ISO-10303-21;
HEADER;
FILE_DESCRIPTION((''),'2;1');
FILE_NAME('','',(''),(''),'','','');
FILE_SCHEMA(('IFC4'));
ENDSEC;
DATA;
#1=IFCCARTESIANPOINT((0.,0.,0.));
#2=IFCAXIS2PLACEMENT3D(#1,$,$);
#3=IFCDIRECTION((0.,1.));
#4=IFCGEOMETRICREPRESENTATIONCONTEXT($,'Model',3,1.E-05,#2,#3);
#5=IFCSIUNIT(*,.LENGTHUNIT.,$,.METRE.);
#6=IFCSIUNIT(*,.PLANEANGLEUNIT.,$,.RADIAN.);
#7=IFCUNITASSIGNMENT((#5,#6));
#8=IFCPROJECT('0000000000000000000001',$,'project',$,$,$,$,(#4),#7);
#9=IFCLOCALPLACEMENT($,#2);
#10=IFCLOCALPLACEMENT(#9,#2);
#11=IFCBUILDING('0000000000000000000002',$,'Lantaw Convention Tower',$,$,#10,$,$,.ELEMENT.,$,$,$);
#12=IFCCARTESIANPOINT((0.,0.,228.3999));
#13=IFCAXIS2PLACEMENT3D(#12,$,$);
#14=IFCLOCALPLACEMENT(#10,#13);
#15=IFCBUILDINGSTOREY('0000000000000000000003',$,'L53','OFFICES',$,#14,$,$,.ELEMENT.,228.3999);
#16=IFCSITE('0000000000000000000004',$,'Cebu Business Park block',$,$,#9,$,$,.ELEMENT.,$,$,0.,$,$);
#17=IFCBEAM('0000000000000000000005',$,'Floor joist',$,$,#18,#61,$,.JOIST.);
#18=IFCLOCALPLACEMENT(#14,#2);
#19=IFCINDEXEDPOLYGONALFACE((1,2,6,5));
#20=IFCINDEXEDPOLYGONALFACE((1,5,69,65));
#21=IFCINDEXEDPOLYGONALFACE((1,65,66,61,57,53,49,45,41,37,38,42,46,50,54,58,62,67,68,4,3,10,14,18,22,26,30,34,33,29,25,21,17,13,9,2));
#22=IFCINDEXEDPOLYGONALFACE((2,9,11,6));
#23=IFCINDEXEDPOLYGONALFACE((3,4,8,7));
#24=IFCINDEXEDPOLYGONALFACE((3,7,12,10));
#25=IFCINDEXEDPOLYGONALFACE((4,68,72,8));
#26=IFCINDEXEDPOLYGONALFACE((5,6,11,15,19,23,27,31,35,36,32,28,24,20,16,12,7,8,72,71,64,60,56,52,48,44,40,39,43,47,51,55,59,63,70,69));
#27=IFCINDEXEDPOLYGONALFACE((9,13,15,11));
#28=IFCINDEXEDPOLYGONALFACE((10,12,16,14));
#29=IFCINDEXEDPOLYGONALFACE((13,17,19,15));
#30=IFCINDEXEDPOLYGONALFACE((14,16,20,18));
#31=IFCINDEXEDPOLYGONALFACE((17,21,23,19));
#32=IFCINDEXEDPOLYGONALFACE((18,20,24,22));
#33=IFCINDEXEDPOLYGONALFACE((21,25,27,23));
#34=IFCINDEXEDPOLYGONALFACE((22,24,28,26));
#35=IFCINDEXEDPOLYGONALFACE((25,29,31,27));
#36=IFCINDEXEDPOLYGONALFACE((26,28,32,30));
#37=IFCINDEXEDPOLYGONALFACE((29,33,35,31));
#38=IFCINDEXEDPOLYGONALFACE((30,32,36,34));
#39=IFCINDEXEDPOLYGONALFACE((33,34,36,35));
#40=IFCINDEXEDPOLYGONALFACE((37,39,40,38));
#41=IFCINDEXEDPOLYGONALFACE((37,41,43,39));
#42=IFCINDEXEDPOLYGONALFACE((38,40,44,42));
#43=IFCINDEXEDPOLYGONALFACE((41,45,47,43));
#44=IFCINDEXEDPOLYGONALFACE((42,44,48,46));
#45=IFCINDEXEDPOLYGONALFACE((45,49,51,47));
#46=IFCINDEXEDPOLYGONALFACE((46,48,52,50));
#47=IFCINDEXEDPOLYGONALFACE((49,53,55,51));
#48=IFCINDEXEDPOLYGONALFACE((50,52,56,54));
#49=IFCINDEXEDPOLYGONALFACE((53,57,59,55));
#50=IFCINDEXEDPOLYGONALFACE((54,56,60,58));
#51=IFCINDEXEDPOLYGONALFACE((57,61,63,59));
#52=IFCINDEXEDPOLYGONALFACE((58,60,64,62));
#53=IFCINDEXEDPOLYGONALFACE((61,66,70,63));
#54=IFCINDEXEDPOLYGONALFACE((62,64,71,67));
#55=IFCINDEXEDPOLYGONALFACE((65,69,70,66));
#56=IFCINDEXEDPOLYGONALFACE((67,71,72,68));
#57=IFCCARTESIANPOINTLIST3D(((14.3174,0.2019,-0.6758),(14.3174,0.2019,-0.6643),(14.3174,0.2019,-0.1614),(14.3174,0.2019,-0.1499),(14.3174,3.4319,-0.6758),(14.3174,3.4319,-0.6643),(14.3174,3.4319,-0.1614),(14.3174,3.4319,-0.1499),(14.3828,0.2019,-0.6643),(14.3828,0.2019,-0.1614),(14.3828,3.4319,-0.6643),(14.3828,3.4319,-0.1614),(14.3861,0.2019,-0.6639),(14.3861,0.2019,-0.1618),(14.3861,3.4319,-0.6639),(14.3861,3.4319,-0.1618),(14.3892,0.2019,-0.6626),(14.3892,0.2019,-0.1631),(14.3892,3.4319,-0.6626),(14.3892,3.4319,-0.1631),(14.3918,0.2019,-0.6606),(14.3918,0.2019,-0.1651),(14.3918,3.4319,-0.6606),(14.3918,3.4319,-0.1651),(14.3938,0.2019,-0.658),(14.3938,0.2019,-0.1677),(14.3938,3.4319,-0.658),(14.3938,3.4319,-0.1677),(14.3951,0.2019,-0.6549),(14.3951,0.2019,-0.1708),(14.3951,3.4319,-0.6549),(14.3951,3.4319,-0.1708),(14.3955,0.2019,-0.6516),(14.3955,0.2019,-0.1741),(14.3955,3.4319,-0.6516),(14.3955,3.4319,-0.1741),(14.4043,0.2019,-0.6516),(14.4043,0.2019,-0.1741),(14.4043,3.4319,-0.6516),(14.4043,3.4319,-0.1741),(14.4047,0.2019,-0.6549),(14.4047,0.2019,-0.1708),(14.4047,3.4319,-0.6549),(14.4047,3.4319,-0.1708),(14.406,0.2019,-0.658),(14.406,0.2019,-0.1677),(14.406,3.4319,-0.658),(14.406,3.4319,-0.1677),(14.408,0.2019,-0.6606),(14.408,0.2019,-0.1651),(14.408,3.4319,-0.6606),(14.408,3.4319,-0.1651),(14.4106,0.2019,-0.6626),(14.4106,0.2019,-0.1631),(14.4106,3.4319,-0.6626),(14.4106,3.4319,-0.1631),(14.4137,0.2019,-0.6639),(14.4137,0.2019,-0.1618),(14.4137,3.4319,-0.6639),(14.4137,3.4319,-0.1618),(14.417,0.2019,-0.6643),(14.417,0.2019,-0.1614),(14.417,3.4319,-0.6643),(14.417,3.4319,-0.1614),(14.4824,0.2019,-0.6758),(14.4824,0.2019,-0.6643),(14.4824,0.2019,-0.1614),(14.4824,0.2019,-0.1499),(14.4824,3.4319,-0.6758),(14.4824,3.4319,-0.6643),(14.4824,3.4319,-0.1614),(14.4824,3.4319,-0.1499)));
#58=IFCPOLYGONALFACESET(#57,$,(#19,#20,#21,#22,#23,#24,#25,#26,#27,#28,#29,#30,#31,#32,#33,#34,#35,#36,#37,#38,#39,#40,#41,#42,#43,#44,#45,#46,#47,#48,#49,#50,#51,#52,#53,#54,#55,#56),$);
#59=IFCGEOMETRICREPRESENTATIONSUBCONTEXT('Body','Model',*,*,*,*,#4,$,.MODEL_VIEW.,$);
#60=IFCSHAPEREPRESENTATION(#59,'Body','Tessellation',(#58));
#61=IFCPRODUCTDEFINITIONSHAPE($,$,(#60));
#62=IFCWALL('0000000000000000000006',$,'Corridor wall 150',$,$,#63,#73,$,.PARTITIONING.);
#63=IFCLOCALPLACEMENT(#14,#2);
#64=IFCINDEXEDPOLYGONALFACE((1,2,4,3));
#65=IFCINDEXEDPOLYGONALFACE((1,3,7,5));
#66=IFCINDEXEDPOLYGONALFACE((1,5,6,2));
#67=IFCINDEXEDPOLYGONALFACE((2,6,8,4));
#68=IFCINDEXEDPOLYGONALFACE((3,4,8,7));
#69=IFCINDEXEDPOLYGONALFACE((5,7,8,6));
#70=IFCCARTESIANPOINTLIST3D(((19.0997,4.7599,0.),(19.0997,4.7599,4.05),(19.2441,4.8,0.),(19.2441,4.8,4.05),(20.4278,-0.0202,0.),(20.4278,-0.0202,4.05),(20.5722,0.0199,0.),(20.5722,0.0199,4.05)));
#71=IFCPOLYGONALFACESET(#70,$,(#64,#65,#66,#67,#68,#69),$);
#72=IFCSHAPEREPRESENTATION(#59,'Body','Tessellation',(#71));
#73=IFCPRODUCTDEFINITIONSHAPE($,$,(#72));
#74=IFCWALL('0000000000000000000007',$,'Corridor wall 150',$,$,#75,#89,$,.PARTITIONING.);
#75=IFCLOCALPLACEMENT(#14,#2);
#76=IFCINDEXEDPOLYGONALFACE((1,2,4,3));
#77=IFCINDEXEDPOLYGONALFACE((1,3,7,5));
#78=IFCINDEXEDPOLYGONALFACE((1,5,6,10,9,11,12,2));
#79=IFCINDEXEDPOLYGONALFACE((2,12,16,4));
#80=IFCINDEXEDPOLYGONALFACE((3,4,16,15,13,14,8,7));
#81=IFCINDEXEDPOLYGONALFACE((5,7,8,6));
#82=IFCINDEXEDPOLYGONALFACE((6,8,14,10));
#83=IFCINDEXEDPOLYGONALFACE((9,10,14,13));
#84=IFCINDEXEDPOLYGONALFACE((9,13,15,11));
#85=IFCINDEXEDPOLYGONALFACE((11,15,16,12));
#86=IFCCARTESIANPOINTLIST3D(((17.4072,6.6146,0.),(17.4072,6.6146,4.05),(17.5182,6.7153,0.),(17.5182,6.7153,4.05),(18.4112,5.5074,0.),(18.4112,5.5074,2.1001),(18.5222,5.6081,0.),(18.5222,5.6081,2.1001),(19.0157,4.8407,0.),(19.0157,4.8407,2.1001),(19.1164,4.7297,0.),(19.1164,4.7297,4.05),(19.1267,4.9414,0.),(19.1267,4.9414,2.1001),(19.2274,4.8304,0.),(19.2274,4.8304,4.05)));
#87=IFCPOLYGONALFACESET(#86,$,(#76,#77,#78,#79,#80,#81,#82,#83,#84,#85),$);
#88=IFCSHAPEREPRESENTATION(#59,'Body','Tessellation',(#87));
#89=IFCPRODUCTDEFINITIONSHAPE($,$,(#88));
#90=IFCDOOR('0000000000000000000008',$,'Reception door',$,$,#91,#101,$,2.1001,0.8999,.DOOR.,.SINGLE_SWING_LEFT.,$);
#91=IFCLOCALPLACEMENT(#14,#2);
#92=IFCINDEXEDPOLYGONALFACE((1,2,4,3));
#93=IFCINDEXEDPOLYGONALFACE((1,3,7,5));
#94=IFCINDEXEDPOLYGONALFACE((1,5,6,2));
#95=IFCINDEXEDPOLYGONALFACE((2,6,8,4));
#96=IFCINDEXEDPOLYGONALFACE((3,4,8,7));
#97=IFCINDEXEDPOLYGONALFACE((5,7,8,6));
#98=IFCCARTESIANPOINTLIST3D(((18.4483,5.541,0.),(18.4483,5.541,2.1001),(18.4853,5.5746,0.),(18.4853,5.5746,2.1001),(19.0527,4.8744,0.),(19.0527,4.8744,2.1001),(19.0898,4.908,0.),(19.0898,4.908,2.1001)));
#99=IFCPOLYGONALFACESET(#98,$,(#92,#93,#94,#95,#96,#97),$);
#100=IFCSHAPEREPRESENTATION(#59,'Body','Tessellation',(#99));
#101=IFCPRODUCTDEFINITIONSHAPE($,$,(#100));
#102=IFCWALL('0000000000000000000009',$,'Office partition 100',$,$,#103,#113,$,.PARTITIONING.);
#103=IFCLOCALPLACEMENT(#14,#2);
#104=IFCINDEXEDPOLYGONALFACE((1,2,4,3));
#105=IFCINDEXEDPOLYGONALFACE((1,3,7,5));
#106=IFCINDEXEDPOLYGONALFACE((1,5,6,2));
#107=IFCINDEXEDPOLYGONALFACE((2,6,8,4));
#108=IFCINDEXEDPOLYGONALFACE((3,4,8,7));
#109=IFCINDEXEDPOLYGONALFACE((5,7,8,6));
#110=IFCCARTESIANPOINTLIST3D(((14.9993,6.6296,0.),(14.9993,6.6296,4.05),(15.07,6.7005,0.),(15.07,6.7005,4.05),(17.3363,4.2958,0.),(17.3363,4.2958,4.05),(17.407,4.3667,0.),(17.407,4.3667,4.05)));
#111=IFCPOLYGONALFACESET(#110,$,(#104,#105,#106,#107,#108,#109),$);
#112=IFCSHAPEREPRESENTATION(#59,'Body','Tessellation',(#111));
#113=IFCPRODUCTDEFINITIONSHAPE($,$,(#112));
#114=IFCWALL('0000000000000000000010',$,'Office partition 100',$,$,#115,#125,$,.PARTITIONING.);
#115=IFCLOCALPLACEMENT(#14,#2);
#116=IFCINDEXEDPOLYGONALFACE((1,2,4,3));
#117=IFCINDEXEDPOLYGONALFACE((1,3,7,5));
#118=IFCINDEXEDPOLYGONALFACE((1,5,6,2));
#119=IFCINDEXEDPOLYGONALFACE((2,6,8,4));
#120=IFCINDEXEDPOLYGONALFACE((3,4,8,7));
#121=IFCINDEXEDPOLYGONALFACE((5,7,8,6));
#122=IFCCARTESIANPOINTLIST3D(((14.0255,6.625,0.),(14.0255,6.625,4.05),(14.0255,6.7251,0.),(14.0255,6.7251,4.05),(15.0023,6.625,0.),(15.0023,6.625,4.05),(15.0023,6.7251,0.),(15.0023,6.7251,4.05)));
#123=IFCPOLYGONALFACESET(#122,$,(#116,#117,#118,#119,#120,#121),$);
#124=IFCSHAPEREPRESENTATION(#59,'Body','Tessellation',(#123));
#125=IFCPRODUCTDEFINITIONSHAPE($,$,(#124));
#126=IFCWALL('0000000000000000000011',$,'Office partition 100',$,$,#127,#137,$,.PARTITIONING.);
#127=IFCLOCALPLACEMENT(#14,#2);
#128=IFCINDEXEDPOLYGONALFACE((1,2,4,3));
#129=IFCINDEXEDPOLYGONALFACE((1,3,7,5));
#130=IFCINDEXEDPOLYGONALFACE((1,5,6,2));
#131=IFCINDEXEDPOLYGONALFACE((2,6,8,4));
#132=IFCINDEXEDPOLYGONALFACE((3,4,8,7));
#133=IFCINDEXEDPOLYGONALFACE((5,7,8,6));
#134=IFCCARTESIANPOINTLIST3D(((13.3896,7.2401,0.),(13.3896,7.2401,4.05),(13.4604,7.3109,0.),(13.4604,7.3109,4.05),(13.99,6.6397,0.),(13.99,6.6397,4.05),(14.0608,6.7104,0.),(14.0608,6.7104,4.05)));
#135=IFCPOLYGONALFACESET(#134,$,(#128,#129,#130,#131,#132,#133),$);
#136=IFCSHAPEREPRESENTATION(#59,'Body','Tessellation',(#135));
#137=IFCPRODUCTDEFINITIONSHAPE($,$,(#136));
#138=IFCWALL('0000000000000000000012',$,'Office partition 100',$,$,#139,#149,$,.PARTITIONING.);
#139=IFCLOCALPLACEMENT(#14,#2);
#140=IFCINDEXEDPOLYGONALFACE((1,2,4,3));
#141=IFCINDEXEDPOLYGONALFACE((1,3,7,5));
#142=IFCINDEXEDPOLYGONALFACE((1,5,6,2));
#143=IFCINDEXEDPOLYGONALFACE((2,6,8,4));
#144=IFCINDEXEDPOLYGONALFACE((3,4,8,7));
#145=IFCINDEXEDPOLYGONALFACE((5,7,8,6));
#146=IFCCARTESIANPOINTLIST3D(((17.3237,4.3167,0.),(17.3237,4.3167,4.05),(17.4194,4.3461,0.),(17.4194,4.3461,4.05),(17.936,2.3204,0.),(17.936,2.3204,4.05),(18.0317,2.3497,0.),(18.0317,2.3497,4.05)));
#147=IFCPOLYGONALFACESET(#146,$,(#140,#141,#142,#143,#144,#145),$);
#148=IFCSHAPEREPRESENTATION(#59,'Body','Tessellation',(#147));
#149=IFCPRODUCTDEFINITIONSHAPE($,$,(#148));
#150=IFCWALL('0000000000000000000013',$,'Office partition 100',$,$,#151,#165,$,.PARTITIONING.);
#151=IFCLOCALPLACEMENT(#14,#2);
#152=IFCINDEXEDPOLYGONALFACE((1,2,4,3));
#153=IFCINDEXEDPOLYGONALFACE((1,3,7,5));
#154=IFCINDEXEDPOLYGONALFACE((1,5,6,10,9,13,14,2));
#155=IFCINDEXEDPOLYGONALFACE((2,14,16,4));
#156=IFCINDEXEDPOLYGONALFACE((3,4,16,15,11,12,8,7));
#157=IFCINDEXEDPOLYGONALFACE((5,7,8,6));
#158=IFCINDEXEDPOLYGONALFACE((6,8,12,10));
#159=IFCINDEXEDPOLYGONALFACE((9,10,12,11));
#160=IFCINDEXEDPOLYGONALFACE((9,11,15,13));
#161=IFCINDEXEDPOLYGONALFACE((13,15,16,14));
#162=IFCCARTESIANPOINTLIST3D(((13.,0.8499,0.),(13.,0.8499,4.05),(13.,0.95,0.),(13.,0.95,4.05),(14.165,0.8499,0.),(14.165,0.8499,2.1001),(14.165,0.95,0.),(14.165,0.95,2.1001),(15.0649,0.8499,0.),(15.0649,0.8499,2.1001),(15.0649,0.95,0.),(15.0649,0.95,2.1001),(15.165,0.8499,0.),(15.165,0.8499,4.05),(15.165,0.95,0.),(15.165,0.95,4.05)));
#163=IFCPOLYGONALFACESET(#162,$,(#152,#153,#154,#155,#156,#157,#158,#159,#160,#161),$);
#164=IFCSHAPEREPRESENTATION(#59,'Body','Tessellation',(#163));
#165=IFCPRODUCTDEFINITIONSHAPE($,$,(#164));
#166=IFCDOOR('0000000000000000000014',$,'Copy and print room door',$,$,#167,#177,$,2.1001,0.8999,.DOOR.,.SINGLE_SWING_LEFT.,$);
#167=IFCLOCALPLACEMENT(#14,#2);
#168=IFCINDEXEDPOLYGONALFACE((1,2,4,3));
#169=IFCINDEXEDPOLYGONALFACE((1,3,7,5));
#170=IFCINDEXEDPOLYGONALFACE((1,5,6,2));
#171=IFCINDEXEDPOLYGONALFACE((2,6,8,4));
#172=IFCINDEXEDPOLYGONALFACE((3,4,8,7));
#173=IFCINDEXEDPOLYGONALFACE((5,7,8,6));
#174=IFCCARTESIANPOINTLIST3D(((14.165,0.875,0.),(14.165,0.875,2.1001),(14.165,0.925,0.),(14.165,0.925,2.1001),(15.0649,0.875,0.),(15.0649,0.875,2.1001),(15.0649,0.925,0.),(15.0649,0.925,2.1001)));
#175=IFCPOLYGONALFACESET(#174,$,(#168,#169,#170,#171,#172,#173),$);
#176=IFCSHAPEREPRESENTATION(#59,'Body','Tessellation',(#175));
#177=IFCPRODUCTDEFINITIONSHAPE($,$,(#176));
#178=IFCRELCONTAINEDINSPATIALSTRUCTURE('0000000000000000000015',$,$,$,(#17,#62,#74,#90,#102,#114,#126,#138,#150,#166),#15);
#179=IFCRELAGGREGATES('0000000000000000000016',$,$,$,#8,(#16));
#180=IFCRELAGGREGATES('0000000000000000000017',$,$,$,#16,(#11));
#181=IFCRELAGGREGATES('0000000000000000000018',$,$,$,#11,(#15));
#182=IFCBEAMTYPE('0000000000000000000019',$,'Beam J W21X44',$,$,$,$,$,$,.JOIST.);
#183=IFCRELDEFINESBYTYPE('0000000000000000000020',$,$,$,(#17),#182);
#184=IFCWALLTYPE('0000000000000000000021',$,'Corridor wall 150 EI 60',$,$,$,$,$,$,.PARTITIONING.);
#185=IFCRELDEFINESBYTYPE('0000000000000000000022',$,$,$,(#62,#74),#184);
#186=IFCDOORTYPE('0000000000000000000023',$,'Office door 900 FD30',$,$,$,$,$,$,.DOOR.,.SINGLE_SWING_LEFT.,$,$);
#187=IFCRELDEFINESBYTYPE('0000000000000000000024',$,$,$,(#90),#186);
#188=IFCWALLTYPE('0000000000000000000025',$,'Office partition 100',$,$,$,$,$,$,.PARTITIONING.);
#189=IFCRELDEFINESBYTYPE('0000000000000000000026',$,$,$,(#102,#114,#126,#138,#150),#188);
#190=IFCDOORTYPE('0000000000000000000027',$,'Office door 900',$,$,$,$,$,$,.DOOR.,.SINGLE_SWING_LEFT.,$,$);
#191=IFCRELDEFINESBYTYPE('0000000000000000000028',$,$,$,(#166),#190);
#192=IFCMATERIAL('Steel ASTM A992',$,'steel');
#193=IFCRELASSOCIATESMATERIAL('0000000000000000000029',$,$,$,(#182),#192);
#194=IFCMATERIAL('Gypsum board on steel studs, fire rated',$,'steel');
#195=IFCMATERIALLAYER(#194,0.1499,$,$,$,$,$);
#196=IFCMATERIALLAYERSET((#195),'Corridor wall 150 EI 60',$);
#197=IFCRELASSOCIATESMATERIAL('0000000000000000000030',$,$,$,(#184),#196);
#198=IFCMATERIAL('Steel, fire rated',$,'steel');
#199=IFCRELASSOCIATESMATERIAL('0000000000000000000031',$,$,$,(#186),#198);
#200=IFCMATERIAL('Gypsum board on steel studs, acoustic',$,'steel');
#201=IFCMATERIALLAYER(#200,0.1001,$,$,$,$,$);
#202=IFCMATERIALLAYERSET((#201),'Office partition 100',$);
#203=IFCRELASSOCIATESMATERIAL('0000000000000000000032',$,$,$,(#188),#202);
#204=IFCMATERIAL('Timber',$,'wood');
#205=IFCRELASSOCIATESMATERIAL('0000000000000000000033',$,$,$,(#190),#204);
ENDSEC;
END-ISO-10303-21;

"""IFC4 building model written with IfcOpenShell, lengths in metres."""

from ifc_helpers import new_model, si_unit, direction, frame, frame_2d, origin, origin_2d, place, context, subcontext, project, spatial, rectangle, i_section, extrude, material, layer, layer_set, material_profile, profile_set, type_object, element, fill, save


model = new_model("IFC4")

# Units and contexts
model_context = context("Model", 3, precision=1e-05, world=origin(), true_north=direction((0.0, 1.0)))
body_context = subcontext(model_context, "Body", "Model", "MODEL_VIEW")
ifc_project = project(units=[si_unit("LENGTHUNIT", "METRE"), si_unit("PLANEANGLEUNIT", "RADIAN")], contexts=[model_context])

# Site, building, storey
site_placement = place(None, origin())
site = spatial("IfcSite", under=ifc_project, at=site_placement, Name="Cebu Business Park block", CompositionType="ELEMENT", RefElevation=0.0)
building_placement = place(site_placement, origin())
building = spatial("IfcBuilding", under=site, at=building_placement, Name="Lantaw Convention Tower", CompositionType="ELEMENT")
storey_placement = place(building_placement, frame((0.0, 0.0, 228.3999)))
storey = spatial("IfcBuildingStorey", under=building, at=storey_placement, Name="L53", Description="OFFICES", CompositionType="ELEMENT", Elevation=228.3999)

# Beam
ifc_material_1 = material(Name="Steel ASTM A992", Category="steel")
ifc_material_profile_1 = material_profile(ifc_material_1, i_section(OverallWidth=0.165, OverallDepth=0.5259, WebThickness=0.0088, FlangeThickness=0.0115, FilletRadius=0.0127, at=origin_2d()), Name="W21X44")
ifc_profile_set_1 = profile_set([ifc_material_profile_1], Name="Steel ASTM A992")
beam_type_1 = type_object("IfcBeamType", Name="Beam J W21X44", PredefinedType="JOIST", material=ifc_profile_set_1)
beam_1_placement = place(storey_placement, frame((14.3999, 0.2019, -0.4128), z_axis=(0.0, 1.0, 0.0), x_axis=(-1.0, 0.0, 0.0)))
element("IfcBeam", 1, at=beam_1_placement, inside=storey, type_object=beam_type_1, Name="Floor joist", PredefinedType="JOIST", context=body_context, shape_type="SweptSolid", body=[
    extrude(i_section(OverallWidth=0.165, OverallDepth=0.5259, WebThickness=0.0088, FlangeThickness=0.0115, FilletRadius=0.0127, at=origin_2d()), origin(), (0.0, 0.0, 1.0), 3.23),
])

# Wall
ifc_material_2 = material(Name="Gypsum board on steel studs, fire rated", Category="steel")
ifc_layer_1 = layer(ifc_material_2, 0.1499)
ifc_layer_set_1 = layer_set([ifc_layer_1], Name="Corridor wall 150 EI 60")
wall_type_1 = type_object("IfcWallType", Name="Corridor wall 150 EI 60", PredefinedType="PARTITIONING", material=ifc_layer_set_1)
wall_1_placement = place(storey_placement, frame((20.5, 0.0, 0.0), z_axis=(0.0, 0.0, 1.0), x_axis=(-0.267707, 0.9635, 0.0)))
element("IfcWall", 2, at=wall_1_placement, inside=storey, type_object=wall_type_1, Name="Corridor wall 150", PredefinedType="PARTITIONING", context=body_context, shape_type="SweptSolid", body=[
    extrude(rectangle(XDim=4.9612, YDim=0.1499, at=frame_2d((2.4805, 0.0))), origin(), (0.0, 0.0, 1.0), 4.05),
])

# Wall, opening, door
wall_2_placement = place(storey_placement, frame((19.1719, 4.78, 0.0), z_axis=(0.0, 0.0, 1.0), x_axis=(-0.671722, 0.740803, 0.0)))
wall_2 = element("IfcWall", 3, at=wall_2_placement, inside=storey, type_object=wall_type_1, Name="Corridor wall 150", PredefinedType="PARTITIONING", context=body_context, shape_type="SweptSolid", body=[
    extrude(rectangle(XDim=2.5444, YDim=0.1499, at=frame_2d((1.2722, 0.0))), origin(), (0.0, 0.0, 1.0), 4.05),
])
opening_1_placement = place(wall_2_placement, frame((0.1499, 0.0, 0.0)))
opening_1 = element("IfcOpeningElement", 4, at=opening_1_placement, cuts=wall_2, PredefinedType="OPENING", context=body_context, shape_type="SweptSolid", body=[
    extrude(rectangle(XDim=0.8999, YDim=2.1001, at=frame_2d((0.45, 1.05))), frame((0.0, 0.085, 0.0), z_axis=(0.0, -1.0, 0.0), x_axis=(1.0, 0.0, 0.0)), (0.0, 0.0, 1.0), 0.1699),
])
ifc_material_3 = material(Name="Steel, fire rated", Category="steel")
door_type_1 = type_object("IfcDoorType", Name="Office door 900 FD30", OperationType="SINGLE_SWING_LEFT", PredefinedType="DOOR", material=ifc_material_3)
door_1_placement = place(opening_1_placement, origin())
door_1 = element("IfcDoor", 5, at=door_1_placement, inside=storey, type_object=door_type_1, Name="Reception door", OperationType="SINGLE_SWING_LEFT", OverallHeight=2.1001, OverallWidth=0.8999, PredefinedType="DOOR", context=body_context, shape_type="SweptSolid", body=[
    extrude(rectangle(XDim=0.8999, YDim=2.1001, at=frame_2d((0.45, 1.05))), frame((0.0, 0.0249, 0.0), z_axis=(0.0, -1.0, 0.0), x_axis=(1.0, 0.0, 0.0)), (0.0, 0.0, 1.0), 0.05),
])
fill(opening_1, door_1)

# Walls
ifc_material_4 = material(Name="Gypsum board on steel studs, acoustic", Category="steel")
ifc_layer_2 = layer(ifc_material_4, 0.1001)
ifc_layer_set_2 = layer_set([ifc_layer_2], Name="Office partition 100")
wall_type_2 = type_object("IfcWallType", Name="Office partition 100", PredefinedType="PARTITIONING", material=ifc_layer_set_2)
wall_3_placement = place(storey_placement, frame((15.0347, 6.665, 0.0), z_axis=(0.0, 0.0, 1.0), x_axis=(0.707587, -0.706626, 0.0)))
element("IfcWall", 6, at=wall_3_placement, inside=storey, type_object=wall_type_2, Name="Office partition 100", PredefinedType="PARTITIONING", context=body_context, shape_type="SweptSolid", body=[
    extrude(rectangle(XDim=3.3027, YDim=0.1001, at=frame_2d((1.6514, 0.0))), origin(), (0.0, 0.0, 1.0), 4.05),
])
wall_4_placement = place(storey_placement, frame((15.0022, 6.675, 0.0), z_axis=(0.0, 0.0, 1.0), x_axis=(-1.0, 0.0, 0.0)))
element("IfcWall", 7, at=wall_4_placement, inside=storey, type_object=wall_type_2, Name="Office partition 100", PredefinedType="PARTITIONING", context=body_context, shape_type="SweptSolid", body=[
    extrude(rectangle(XDim=0.9768, YDim=0.1001, at=frame_2d((0.4883, 0.0))), origin(), (0.0, 0.0, 1.0), 4.05),
])
wall_5_placement = place(storey_placement, frame((14.0254, 6.675, 0.0), z_axis=(0.0, 0.0, 1.0), x_axis=(-0.707107, 0.707107, 0.0)))
element("IfcWall", 8, at=wall_5_placement, inside=storey, type_object=wall_type_2, Name="Office partition 100", PredefinedType="PARTITIONING", context=body_context, shape_type="SweptSolid", body=[
    extrude(rectangle(XDim=0.8491, YDim=0.1001, at=frame_2d((0.4246, 0.0))), origin(), (0.0, 0.0, 1.0), 4.05),
])
wall_6_placement = place(storey_placement, frame((17.3716, 4.3313, 0.0), z_axis=(0.0, 0.0, 1.0), x_axis=(0.293231, -0.956042, 0.0)))
element("IfcWall", 9, at=wall_6_placement, inside=storey, type_object=wall_type_2, Name="Office partition 100", PredefinedType="PARTITIONING", context=body_context, shape_type="SweptSolid", body=[
    extrude(rectangle(XDim=2.0881, YDim=0.1001, at=frame_2d((1.0439, 0.0))), origin(), (0.0, 0.0, 1.0), 4.05),
])

# Wall, opening, door
wall_7_placement = place(storey_placement, frame((15.165, 0.8999, 0.0), z_axis=(0.0, 0.0, 1.0), x_axis=(-1.0, 0.0, 0.0)))
wall_7 = element("IfcWall", 10, at=wall_7_placement, inside=storey, type_object=wall_type_2, Name="Office partition 100", PredefinedType="PARTITIONING", context=body_context, shape_type="SweptSolid", body=[
    extrude(rectangle(XDim=2.165, YDim=0.1001, at=frame_2d((1.0825, 0.0))), origin(), (0.0, 0.0, 1.0), 4.05),
])
opening_2_placement = place(wall_7_placement, frame((0.1001, 0.0, 0.0)))
opening_2 = element("IfcOpeningElement", 11, at=opening_2_placement, cuts=wall_7, PredefinedType="OPENING", context=body_context, shape_type="SweptSolid", body=[
    extrude(rectangle(XDim=0.8999, YDim=2.1001, at=frame_2d((0.45, 1.05))), frame((0.0, 0.0601, 0.0), z_axis=(0.0, -1.0, 0.0), x_axis=(1.0, 0.0, 0.0)), (0.0, 0.0, 1.0), 0.1201),
])
ifc_material_5 = material(Name="Timber", Category="wood")
door_type_2 = type_object("IfcDoorType", Name="Office door 900", OperationType="SINGLE_SWING_LEFT", PredefinedType="DOOR", material=ifc_material_5)
door_2_placement = place(opening_2_placement, origin())
door_2 = element("IfcDoor", 12, at=door_2_placement, inside=storey, type_object=door_type_2, Name="Copy and print room door", OperationType="SINGLE_SWING_LEFT", OverallHeight=2.1001, OverallWidth=0.8999, PredefinedType="DOOR", context=body_context, shape_type="SweptSolid", body=[
    extrude(rectangle(XDim=0.8999, YDim=2.1001, at=frame_2d((0.45, 1.05))), frame((0.0, 0.0249, 0.0), z_axis=(0.0, -1.0, 0.0), x_axis=(1.0, 0.0, 0.0)), (0.0, 0.0, 1.0), 0.05),
])
fill(opening_2, door_2)

save(model, "model.ifc")
